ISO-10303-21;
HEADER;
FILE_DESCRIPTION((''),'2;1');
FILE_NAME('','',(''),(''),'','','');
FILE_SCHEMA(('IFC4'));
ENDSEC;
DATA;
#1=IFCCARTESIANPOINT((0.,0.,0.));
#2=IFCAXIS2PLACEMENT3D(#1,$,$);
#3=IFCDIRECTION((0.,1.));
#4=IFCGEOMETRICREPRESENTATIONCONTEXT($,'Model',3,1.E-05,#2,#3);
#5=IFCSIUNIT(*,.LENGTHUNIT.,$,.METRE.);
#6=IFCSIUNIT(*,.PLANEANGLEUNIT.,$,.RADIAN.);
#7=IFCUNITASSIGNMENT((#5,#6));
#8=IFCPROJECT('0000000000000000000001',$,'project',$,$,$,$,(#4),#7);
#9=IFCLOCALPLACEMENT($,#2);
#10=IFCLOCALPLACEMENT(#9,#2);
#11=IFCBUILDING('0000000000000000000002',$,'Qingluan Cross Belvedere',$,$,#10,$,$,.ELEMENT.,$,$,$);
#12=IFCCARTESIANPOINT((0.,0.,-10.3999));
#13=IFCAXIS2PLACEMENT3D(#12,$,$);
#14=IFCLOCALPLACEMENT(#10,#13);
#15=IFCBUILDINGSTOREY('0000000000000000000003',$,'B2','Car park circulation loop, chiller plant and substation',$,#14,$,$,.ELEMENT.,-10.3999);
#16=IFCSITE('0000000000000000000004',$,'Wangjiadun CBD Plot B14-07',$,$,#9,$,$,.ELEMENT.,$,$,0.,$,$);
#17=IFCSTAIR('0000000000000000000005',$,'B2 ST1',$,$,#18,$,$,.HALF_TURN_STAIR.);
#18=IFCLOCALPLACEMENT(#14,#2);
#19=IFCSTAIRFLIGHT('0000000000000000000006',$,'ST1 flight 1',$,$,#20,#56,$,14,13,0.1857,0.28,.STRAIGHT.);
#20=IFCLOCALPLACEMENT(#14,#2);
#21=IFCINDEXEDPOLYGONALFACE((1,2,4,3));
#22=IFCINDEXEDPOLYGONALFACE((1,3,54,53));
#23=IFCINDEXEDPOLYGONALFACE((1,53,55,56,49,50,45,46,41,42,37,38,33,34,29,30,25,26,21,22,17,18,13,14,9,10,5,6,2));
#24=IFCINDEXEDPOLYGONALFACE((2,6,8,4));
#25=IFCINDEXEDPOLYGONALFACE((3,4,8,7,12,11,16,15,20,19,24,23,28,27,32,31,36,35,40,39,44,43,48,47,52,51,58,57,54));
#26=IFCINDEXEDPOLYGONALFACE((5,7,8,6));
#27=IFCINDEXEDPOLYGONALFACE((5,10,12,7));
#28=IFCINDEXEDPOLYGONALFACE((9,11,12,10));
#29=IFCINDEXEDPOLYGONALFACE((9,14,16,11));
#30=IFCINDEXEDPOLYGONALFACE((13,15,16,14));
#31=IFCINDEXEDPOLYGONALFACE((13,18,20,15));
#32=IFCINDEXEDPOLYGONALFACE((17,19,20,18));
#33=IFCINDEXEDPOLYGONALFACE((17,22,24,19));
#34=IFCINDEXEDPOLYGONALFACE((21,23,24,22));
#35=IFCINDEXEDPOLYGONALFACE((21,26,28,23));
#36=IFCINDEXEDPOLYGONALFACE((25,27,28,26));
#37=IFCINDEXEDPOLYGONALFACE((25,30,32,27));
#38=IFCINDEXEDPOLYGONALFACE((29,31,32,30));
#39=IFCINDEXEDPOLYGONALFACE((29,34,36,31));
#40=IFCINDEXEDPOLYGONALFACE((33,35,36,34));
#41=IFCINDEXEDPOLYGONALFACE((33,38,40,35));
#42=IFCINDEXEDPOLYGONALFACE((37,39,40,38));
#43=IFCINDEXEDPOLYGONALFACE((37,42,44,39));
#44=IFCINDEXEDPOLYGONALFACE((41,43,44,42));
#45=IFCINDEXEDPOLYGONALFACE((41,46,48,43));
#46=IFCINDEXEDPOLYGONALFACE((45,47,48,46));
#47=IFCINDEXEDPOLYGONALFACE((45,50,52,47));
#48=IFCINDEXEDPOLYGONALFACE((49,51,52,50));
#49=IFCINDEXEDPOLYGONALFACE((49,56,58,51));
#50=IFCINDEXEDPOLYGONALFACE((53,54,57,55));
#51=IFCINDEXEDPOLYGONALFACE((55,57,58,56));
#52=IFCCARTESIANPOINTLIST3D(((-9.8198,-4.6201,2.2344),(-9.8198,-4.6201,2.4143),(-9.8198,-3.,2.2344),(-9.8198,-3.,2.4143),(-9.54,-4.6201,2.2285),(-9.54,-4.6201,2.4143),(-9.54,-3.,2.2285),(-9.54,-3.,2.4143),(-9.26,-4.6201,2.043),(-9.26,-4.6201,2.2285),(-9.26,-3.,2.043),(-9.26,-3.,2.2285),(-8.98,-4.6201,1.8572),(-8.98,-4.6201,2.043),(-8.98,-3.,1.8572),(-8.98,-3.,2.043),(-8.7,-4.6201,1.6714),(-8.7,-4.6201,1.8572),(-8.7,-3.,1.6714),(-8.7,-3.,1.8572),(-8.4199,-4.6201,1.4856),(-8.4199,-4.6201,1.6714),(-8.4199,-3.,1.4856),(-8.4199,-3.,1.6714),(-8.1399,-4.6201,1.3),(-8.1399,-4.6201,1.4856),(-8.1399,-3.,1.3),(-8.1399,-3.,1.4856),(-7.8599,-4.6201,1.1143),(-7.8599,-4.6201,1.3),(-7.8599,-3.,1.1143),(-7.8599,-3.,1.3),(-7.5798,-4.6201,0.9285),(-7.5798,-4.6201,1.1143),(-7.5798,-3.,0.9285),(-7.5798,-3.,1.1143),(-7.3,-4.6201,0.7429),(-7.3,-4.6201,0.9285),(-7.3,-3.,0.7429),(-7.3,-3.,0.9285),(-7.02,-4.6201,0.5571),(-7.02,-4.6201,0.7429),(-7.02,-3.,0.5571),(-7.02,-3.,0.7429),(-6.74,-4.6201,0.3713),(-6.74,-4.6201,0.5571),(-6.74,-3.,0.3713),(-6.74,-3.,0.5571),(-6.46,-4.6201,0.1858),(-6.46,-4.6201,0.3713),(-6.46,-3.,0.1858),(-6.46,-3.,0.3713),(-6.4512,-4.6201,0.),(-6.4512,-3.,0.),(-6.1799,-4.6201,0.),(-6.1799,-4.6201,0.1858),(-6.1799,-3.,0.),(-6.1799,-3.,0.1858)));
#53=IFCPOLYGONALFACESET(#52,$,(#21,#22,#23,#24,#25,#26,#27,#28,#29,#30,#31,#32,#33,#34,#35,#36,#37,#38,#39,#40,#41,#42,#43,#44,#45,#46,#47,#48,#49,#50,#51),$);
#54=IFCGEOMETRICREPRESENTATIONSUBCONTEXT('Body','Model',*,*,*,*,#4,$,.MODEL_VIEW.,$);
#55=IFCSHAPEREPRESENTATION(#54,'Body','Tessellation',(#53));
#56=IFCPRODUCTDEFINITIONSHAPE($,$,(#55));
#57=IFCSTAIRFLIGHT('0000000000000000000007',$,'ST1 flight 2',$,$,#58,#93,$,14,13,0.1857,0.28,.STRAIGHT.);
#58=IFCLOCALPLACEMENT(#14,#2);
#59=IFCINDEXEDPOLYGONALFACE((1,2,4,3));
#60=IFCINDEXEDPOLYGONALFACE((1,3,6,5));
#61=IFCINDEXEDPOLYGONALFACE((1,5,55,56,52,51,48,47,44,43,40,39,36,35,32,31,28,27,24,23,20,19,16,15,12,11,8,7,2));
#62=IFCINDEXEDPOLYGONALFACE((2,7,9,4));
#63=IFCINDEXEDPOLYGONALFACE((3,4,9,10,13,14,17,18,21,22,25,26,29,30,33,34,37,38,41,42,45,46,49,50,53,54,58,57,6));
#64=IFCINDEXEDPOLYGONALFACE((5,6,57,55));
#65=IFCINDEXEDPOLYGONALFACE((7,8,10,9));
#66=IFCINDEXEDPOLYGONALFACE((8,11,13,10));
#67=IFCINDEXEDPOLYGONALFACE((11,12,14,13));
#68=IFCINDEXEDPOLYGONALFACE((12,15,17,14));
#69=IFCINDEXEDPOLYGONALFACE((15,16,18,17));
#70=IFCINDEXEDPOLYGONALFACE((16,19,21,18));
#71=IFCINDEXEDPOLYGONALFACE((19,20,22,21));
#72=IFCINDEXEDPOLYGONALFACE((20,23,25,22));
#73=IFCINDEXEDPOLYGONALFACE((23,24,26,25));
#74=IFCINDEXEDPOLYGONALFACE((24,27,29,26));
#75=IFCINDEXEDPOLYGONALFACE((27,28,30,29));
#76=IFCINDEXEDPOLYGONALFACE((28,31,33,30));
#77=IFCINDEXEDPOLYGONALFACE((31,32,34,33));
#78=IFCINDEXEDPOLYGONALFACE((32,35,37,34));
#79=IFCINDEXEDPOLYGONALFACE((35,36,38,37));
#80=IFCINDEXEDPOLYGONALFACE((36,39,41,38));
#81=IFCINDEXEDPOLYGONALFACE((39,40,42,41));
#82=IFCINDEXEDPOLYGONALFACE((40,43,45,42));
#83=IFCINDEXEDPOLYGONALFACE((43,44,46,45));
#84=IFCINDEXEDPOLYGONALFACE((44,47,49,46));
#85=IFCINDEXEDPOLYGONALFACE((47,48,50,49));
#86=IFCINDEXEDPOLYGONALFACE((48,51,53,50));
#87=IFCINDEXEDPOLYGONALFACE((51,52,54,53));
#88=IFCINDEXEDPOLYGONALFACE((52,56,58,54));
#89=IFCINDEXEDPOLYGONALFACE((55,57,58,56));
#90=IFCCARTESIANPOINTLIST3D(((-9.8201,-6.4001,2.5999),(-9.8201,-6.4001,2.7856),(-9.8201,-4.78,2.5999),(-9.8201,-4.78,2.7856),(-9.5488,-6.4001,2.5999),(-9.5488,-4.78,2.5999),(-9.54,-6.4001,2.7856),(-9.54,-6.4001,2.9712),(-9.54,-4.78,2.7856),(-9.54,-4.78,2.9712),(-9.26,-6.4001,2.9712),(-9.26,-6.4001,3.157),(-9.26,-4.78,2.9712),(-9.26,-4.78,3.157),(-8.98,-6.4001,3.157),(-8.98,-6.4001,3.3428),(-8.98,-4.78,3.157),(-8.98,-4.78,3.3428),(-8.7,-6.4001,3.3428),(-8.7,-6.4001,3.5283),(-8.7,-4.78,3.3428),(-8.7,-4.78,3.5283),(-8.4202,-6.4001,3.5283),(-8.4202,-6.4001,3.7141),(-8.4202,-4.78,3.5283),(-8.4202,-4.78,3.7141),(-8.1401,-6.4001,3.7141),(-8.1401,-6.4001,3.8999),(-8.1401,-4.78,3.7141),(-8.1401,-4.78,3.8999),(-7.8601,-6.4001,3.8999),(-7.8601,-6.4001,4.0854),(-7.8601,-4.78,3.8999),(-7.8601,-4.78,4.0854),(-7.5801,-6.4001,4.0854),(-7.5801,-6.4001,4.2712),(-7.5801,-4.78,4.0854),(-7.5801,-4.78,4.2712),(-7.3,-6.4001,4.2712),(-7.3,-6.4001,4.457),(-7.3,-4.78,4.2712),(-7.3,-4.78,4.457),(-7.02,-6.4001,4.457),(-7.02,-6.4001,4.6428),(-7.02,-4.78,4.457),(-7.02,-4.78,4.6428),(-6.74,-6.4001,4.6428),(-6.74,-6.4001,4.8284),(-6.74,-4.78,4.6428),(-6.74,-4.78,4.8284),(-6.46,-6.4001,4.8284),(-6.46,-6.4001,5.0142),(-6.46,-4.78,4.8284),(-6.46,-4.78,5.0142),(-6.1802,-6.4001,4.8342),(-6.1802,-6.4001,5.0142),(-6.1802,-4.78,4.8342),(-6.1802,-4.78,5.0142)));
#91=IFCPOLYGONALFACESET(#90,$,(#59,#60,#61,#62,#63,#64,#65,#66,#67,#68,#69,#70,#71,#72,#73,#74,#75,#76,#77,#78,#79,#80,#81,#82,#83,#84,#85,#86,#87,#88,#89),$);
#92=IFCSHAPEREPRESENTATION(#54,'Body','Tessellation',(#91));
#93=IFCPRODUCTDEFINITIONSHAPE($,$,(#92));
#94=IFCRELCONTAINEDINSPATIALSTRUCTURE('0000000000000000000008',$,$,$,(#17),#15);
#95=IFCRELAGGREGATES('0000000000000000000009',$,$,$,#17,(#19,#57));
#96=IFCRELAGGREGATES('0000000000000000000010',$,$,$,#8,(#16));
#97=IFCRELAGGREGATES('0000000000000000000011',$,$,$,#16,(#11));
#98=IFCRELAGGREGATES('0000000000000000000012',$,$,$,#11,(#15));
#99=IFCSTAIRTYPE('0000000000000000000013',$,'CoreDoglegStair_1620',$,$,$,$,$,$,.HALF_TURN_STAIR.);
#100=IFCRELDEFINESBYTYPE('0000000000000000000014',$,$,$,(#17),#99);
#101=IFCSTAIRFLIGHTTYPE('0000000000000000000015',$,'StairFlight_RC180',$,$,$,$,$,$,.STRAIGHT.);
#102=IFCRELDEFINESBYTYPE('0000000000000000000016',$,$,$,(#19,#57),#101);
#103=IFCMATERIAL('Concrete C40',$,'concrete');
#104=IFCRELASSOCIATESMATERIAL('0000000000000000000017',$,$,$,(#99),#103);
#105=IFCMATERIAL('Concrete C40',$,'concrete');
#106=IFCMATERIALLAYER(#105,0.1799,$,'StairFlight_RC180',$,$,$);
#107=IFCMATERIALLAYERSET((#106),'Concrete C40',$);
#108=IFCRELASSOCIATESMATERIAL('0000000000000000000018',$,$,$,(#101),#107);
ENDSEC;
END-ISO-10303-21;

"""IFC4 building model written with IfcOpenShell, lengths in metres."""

from ifc_helpers import new_model, si_unit, direction, frame, origin, place, context, subcontext, project, spatial, polyline, outline, extrude, material, layer, layer_set, type_object, element, aggregate, save


model = new_model("IFC4")

# Units and contexts
model_context = context("Model", 3, precision=1e-05, world=origin(), true_north=direction((0.0, 1.0)))
body_context = subcontext(model_context, "Body", "Model", "MODEL_VIEW")
ifc_project = project(units=[si_unit("LENGTHUNIT", "METRE"), si_unit("PLANEANGLEUNIT", "RADIAN")], contexts=[model_context])

# Site, building, storey
site_placement = place(None, origin())
site = spatial("IfcSite", under=ifc_project, at=site_placement, Name="Wangjiadun CBD Plot B14-07", CompositionType="ELEMENT", RefElevation=0.0)
building_placement = place(site_placement, origin())
building = spatial("IfcBuilding", under=site, at=building_placement, Name="Qingluan Cross Belvedere", CompositionType="ELEMENT")
storey_placement = place(building_placement, frame((0.0, 0.0, -10.3999)))
storey = spatial("IfcBuildingStorey", under=building, at=storey_placement, Name="B2", Description="Car park circulation loop, chiller plant and substation", CompositionType="ELEMENT", Elevation=-10.3999)

# Stair, stair flights
ifc_material_1 = material(Name="Concrete C40", Category="concrete")
stair_type = type_object("IfcStairType", Name="CoreDoglegStair_1620", PredefinedType="HALF_TURN_STAIR", material=ifc_material_1)
stair_placement = place(storey_placement, origin())
stair = element("IfcStair", 1, at=stair_placement, inside=storey, type_object=stair_type, Name="B2 ST1", PredefinedType="HALF_TURN_STAIR")
ifc_material_2 = material(Name="Concrete C40", Category="concrete")
ifc_layer_1 = layer(ifc_material_2, 0.1799, Name="StairFlight_RC180")
ifc_layer_set_1 = layer_set([ifc_layer_1], Name="Concrete C40")
stair_flight_type = type_object("IfcStairFlightType", Name="StairFlight_RC180", PredefinedType="STRAIGHT", material=ifc_layer_set_1)
stair_flight_1_placement = place(storey_placement, frame((-6.1799, -3.8101, 0.0), z_axis=(0.0, 0.0, 1.0), x_axis=(-1.0, 0.0, 0.0)))
stair_flight_1 = element("IfcStairFlight", 2, at=stair_flight_1_placement, type_object=stair_flight_type, Name="ST1 flight 1", NumberOfRisers=14, NumberOfTreads=13, PredefinedType="STRAIGHT", RiserHeight=0.1857, TreadLength=0.28, context=body_context, shape_type="SweptSolid", body=[
    extrude(outline(polyline([(0.0, 0.0), (0.0, 0.1858), (0.28, 0.1858), (0.28, 0.3713), (0.5601, 0.3713), (0.5601, 0.5571), (0.8401, 0.5571), (0.8401, 0.7429), (1.1201, 0.7429), (1.1201, 0.9285), (1.3999, 0.9285), (1.3999, 1.1143), (1.6799, 1.1143), (1.6799, 1.3), (1.96, 1.3), (1.96, 1.4856), (2.24, 1.4856), (2.24, 1.6714), (2.52, 1.6714), (2.52, 1.8572), (2.8, 1.8572), (2.8, 2.043), (3.0801, 2.043), (3.0801, 2.2285), (3.3601, 2.2285), (3.3601, 2.4143), (3.6399, 2.4143), (3.6399, 2.6001), (3.6399, 2.2344), (0.2712, 0.0), (0.0, 0.0)])), frame((0.0, 0.8101, 0.0), z_axis=(0.0, -1.0, 0.0), x_axis=(1.0, 0.0, 0.0)), (0.0, 0.0, 1.0), 1.6201),
])
stair_flight_2_placement = place(storey_placement, frame((-9.8201, -5.5901, 2.5999), z_axis=(0.0, 0.0, 1.0), x_axis=(1.0, 0.0, 0.0)))
stair_flight_2 = element("IfcStairFlight", 3, at=stair_flight_2_placement, type_object=stair_flight_type, Name="ST1 flight 2", NumberOfRisers=14, NumberOfTreads=13, PredefinedType="STRAIGHT", RiserHeight=0.1857, TreadLength=0.28, context=body_context, shape_type="SweptSolid", body=[
    extrude(outline(polyline([(0.0, 0.0), (0.0, 0.1858), (0.28, 0.1858), (0.28, 0.3713), (0.5601, 0.3713), (0.5601, 0.5571), (0.8401, 0.5571), (0.8401, 0.7429), (1.1201, 0.7429), (1.1201, 0.9285), (1.3999, 0.9285), (1.3999, 1.1143), (1.6799, 1.1143), (1.6799, 1.3), (1.96, 1.3), (1.96, 1.4856), (2.24, 1.4856), (2.24, 1.6714), (2.52, 1.6714), (2.52, 1.8572), (2.8, 1.8572), (2.8, 2.043), (3.0801, 2.043), (3.0801, 2.2285), (3.3601, 2.2285), (3.3601, 2.4143), (3.6399, 2.4143), (3.6399, 2.6001), (3.6399, 2.2344), (0.2712, 0.0), (0.0, 0.0)])), frame((0.0, 0.8101, 0.0), z_axis=(0.0, -1.0, 0.0), x_axis=(1.0, 0.0, 0.0)), (0.0, 0.0, 1.0), 1.6201),
])
aggregate(stair, [stair_flight_1, stair_flight_2])

save(model, "model.ifc")
